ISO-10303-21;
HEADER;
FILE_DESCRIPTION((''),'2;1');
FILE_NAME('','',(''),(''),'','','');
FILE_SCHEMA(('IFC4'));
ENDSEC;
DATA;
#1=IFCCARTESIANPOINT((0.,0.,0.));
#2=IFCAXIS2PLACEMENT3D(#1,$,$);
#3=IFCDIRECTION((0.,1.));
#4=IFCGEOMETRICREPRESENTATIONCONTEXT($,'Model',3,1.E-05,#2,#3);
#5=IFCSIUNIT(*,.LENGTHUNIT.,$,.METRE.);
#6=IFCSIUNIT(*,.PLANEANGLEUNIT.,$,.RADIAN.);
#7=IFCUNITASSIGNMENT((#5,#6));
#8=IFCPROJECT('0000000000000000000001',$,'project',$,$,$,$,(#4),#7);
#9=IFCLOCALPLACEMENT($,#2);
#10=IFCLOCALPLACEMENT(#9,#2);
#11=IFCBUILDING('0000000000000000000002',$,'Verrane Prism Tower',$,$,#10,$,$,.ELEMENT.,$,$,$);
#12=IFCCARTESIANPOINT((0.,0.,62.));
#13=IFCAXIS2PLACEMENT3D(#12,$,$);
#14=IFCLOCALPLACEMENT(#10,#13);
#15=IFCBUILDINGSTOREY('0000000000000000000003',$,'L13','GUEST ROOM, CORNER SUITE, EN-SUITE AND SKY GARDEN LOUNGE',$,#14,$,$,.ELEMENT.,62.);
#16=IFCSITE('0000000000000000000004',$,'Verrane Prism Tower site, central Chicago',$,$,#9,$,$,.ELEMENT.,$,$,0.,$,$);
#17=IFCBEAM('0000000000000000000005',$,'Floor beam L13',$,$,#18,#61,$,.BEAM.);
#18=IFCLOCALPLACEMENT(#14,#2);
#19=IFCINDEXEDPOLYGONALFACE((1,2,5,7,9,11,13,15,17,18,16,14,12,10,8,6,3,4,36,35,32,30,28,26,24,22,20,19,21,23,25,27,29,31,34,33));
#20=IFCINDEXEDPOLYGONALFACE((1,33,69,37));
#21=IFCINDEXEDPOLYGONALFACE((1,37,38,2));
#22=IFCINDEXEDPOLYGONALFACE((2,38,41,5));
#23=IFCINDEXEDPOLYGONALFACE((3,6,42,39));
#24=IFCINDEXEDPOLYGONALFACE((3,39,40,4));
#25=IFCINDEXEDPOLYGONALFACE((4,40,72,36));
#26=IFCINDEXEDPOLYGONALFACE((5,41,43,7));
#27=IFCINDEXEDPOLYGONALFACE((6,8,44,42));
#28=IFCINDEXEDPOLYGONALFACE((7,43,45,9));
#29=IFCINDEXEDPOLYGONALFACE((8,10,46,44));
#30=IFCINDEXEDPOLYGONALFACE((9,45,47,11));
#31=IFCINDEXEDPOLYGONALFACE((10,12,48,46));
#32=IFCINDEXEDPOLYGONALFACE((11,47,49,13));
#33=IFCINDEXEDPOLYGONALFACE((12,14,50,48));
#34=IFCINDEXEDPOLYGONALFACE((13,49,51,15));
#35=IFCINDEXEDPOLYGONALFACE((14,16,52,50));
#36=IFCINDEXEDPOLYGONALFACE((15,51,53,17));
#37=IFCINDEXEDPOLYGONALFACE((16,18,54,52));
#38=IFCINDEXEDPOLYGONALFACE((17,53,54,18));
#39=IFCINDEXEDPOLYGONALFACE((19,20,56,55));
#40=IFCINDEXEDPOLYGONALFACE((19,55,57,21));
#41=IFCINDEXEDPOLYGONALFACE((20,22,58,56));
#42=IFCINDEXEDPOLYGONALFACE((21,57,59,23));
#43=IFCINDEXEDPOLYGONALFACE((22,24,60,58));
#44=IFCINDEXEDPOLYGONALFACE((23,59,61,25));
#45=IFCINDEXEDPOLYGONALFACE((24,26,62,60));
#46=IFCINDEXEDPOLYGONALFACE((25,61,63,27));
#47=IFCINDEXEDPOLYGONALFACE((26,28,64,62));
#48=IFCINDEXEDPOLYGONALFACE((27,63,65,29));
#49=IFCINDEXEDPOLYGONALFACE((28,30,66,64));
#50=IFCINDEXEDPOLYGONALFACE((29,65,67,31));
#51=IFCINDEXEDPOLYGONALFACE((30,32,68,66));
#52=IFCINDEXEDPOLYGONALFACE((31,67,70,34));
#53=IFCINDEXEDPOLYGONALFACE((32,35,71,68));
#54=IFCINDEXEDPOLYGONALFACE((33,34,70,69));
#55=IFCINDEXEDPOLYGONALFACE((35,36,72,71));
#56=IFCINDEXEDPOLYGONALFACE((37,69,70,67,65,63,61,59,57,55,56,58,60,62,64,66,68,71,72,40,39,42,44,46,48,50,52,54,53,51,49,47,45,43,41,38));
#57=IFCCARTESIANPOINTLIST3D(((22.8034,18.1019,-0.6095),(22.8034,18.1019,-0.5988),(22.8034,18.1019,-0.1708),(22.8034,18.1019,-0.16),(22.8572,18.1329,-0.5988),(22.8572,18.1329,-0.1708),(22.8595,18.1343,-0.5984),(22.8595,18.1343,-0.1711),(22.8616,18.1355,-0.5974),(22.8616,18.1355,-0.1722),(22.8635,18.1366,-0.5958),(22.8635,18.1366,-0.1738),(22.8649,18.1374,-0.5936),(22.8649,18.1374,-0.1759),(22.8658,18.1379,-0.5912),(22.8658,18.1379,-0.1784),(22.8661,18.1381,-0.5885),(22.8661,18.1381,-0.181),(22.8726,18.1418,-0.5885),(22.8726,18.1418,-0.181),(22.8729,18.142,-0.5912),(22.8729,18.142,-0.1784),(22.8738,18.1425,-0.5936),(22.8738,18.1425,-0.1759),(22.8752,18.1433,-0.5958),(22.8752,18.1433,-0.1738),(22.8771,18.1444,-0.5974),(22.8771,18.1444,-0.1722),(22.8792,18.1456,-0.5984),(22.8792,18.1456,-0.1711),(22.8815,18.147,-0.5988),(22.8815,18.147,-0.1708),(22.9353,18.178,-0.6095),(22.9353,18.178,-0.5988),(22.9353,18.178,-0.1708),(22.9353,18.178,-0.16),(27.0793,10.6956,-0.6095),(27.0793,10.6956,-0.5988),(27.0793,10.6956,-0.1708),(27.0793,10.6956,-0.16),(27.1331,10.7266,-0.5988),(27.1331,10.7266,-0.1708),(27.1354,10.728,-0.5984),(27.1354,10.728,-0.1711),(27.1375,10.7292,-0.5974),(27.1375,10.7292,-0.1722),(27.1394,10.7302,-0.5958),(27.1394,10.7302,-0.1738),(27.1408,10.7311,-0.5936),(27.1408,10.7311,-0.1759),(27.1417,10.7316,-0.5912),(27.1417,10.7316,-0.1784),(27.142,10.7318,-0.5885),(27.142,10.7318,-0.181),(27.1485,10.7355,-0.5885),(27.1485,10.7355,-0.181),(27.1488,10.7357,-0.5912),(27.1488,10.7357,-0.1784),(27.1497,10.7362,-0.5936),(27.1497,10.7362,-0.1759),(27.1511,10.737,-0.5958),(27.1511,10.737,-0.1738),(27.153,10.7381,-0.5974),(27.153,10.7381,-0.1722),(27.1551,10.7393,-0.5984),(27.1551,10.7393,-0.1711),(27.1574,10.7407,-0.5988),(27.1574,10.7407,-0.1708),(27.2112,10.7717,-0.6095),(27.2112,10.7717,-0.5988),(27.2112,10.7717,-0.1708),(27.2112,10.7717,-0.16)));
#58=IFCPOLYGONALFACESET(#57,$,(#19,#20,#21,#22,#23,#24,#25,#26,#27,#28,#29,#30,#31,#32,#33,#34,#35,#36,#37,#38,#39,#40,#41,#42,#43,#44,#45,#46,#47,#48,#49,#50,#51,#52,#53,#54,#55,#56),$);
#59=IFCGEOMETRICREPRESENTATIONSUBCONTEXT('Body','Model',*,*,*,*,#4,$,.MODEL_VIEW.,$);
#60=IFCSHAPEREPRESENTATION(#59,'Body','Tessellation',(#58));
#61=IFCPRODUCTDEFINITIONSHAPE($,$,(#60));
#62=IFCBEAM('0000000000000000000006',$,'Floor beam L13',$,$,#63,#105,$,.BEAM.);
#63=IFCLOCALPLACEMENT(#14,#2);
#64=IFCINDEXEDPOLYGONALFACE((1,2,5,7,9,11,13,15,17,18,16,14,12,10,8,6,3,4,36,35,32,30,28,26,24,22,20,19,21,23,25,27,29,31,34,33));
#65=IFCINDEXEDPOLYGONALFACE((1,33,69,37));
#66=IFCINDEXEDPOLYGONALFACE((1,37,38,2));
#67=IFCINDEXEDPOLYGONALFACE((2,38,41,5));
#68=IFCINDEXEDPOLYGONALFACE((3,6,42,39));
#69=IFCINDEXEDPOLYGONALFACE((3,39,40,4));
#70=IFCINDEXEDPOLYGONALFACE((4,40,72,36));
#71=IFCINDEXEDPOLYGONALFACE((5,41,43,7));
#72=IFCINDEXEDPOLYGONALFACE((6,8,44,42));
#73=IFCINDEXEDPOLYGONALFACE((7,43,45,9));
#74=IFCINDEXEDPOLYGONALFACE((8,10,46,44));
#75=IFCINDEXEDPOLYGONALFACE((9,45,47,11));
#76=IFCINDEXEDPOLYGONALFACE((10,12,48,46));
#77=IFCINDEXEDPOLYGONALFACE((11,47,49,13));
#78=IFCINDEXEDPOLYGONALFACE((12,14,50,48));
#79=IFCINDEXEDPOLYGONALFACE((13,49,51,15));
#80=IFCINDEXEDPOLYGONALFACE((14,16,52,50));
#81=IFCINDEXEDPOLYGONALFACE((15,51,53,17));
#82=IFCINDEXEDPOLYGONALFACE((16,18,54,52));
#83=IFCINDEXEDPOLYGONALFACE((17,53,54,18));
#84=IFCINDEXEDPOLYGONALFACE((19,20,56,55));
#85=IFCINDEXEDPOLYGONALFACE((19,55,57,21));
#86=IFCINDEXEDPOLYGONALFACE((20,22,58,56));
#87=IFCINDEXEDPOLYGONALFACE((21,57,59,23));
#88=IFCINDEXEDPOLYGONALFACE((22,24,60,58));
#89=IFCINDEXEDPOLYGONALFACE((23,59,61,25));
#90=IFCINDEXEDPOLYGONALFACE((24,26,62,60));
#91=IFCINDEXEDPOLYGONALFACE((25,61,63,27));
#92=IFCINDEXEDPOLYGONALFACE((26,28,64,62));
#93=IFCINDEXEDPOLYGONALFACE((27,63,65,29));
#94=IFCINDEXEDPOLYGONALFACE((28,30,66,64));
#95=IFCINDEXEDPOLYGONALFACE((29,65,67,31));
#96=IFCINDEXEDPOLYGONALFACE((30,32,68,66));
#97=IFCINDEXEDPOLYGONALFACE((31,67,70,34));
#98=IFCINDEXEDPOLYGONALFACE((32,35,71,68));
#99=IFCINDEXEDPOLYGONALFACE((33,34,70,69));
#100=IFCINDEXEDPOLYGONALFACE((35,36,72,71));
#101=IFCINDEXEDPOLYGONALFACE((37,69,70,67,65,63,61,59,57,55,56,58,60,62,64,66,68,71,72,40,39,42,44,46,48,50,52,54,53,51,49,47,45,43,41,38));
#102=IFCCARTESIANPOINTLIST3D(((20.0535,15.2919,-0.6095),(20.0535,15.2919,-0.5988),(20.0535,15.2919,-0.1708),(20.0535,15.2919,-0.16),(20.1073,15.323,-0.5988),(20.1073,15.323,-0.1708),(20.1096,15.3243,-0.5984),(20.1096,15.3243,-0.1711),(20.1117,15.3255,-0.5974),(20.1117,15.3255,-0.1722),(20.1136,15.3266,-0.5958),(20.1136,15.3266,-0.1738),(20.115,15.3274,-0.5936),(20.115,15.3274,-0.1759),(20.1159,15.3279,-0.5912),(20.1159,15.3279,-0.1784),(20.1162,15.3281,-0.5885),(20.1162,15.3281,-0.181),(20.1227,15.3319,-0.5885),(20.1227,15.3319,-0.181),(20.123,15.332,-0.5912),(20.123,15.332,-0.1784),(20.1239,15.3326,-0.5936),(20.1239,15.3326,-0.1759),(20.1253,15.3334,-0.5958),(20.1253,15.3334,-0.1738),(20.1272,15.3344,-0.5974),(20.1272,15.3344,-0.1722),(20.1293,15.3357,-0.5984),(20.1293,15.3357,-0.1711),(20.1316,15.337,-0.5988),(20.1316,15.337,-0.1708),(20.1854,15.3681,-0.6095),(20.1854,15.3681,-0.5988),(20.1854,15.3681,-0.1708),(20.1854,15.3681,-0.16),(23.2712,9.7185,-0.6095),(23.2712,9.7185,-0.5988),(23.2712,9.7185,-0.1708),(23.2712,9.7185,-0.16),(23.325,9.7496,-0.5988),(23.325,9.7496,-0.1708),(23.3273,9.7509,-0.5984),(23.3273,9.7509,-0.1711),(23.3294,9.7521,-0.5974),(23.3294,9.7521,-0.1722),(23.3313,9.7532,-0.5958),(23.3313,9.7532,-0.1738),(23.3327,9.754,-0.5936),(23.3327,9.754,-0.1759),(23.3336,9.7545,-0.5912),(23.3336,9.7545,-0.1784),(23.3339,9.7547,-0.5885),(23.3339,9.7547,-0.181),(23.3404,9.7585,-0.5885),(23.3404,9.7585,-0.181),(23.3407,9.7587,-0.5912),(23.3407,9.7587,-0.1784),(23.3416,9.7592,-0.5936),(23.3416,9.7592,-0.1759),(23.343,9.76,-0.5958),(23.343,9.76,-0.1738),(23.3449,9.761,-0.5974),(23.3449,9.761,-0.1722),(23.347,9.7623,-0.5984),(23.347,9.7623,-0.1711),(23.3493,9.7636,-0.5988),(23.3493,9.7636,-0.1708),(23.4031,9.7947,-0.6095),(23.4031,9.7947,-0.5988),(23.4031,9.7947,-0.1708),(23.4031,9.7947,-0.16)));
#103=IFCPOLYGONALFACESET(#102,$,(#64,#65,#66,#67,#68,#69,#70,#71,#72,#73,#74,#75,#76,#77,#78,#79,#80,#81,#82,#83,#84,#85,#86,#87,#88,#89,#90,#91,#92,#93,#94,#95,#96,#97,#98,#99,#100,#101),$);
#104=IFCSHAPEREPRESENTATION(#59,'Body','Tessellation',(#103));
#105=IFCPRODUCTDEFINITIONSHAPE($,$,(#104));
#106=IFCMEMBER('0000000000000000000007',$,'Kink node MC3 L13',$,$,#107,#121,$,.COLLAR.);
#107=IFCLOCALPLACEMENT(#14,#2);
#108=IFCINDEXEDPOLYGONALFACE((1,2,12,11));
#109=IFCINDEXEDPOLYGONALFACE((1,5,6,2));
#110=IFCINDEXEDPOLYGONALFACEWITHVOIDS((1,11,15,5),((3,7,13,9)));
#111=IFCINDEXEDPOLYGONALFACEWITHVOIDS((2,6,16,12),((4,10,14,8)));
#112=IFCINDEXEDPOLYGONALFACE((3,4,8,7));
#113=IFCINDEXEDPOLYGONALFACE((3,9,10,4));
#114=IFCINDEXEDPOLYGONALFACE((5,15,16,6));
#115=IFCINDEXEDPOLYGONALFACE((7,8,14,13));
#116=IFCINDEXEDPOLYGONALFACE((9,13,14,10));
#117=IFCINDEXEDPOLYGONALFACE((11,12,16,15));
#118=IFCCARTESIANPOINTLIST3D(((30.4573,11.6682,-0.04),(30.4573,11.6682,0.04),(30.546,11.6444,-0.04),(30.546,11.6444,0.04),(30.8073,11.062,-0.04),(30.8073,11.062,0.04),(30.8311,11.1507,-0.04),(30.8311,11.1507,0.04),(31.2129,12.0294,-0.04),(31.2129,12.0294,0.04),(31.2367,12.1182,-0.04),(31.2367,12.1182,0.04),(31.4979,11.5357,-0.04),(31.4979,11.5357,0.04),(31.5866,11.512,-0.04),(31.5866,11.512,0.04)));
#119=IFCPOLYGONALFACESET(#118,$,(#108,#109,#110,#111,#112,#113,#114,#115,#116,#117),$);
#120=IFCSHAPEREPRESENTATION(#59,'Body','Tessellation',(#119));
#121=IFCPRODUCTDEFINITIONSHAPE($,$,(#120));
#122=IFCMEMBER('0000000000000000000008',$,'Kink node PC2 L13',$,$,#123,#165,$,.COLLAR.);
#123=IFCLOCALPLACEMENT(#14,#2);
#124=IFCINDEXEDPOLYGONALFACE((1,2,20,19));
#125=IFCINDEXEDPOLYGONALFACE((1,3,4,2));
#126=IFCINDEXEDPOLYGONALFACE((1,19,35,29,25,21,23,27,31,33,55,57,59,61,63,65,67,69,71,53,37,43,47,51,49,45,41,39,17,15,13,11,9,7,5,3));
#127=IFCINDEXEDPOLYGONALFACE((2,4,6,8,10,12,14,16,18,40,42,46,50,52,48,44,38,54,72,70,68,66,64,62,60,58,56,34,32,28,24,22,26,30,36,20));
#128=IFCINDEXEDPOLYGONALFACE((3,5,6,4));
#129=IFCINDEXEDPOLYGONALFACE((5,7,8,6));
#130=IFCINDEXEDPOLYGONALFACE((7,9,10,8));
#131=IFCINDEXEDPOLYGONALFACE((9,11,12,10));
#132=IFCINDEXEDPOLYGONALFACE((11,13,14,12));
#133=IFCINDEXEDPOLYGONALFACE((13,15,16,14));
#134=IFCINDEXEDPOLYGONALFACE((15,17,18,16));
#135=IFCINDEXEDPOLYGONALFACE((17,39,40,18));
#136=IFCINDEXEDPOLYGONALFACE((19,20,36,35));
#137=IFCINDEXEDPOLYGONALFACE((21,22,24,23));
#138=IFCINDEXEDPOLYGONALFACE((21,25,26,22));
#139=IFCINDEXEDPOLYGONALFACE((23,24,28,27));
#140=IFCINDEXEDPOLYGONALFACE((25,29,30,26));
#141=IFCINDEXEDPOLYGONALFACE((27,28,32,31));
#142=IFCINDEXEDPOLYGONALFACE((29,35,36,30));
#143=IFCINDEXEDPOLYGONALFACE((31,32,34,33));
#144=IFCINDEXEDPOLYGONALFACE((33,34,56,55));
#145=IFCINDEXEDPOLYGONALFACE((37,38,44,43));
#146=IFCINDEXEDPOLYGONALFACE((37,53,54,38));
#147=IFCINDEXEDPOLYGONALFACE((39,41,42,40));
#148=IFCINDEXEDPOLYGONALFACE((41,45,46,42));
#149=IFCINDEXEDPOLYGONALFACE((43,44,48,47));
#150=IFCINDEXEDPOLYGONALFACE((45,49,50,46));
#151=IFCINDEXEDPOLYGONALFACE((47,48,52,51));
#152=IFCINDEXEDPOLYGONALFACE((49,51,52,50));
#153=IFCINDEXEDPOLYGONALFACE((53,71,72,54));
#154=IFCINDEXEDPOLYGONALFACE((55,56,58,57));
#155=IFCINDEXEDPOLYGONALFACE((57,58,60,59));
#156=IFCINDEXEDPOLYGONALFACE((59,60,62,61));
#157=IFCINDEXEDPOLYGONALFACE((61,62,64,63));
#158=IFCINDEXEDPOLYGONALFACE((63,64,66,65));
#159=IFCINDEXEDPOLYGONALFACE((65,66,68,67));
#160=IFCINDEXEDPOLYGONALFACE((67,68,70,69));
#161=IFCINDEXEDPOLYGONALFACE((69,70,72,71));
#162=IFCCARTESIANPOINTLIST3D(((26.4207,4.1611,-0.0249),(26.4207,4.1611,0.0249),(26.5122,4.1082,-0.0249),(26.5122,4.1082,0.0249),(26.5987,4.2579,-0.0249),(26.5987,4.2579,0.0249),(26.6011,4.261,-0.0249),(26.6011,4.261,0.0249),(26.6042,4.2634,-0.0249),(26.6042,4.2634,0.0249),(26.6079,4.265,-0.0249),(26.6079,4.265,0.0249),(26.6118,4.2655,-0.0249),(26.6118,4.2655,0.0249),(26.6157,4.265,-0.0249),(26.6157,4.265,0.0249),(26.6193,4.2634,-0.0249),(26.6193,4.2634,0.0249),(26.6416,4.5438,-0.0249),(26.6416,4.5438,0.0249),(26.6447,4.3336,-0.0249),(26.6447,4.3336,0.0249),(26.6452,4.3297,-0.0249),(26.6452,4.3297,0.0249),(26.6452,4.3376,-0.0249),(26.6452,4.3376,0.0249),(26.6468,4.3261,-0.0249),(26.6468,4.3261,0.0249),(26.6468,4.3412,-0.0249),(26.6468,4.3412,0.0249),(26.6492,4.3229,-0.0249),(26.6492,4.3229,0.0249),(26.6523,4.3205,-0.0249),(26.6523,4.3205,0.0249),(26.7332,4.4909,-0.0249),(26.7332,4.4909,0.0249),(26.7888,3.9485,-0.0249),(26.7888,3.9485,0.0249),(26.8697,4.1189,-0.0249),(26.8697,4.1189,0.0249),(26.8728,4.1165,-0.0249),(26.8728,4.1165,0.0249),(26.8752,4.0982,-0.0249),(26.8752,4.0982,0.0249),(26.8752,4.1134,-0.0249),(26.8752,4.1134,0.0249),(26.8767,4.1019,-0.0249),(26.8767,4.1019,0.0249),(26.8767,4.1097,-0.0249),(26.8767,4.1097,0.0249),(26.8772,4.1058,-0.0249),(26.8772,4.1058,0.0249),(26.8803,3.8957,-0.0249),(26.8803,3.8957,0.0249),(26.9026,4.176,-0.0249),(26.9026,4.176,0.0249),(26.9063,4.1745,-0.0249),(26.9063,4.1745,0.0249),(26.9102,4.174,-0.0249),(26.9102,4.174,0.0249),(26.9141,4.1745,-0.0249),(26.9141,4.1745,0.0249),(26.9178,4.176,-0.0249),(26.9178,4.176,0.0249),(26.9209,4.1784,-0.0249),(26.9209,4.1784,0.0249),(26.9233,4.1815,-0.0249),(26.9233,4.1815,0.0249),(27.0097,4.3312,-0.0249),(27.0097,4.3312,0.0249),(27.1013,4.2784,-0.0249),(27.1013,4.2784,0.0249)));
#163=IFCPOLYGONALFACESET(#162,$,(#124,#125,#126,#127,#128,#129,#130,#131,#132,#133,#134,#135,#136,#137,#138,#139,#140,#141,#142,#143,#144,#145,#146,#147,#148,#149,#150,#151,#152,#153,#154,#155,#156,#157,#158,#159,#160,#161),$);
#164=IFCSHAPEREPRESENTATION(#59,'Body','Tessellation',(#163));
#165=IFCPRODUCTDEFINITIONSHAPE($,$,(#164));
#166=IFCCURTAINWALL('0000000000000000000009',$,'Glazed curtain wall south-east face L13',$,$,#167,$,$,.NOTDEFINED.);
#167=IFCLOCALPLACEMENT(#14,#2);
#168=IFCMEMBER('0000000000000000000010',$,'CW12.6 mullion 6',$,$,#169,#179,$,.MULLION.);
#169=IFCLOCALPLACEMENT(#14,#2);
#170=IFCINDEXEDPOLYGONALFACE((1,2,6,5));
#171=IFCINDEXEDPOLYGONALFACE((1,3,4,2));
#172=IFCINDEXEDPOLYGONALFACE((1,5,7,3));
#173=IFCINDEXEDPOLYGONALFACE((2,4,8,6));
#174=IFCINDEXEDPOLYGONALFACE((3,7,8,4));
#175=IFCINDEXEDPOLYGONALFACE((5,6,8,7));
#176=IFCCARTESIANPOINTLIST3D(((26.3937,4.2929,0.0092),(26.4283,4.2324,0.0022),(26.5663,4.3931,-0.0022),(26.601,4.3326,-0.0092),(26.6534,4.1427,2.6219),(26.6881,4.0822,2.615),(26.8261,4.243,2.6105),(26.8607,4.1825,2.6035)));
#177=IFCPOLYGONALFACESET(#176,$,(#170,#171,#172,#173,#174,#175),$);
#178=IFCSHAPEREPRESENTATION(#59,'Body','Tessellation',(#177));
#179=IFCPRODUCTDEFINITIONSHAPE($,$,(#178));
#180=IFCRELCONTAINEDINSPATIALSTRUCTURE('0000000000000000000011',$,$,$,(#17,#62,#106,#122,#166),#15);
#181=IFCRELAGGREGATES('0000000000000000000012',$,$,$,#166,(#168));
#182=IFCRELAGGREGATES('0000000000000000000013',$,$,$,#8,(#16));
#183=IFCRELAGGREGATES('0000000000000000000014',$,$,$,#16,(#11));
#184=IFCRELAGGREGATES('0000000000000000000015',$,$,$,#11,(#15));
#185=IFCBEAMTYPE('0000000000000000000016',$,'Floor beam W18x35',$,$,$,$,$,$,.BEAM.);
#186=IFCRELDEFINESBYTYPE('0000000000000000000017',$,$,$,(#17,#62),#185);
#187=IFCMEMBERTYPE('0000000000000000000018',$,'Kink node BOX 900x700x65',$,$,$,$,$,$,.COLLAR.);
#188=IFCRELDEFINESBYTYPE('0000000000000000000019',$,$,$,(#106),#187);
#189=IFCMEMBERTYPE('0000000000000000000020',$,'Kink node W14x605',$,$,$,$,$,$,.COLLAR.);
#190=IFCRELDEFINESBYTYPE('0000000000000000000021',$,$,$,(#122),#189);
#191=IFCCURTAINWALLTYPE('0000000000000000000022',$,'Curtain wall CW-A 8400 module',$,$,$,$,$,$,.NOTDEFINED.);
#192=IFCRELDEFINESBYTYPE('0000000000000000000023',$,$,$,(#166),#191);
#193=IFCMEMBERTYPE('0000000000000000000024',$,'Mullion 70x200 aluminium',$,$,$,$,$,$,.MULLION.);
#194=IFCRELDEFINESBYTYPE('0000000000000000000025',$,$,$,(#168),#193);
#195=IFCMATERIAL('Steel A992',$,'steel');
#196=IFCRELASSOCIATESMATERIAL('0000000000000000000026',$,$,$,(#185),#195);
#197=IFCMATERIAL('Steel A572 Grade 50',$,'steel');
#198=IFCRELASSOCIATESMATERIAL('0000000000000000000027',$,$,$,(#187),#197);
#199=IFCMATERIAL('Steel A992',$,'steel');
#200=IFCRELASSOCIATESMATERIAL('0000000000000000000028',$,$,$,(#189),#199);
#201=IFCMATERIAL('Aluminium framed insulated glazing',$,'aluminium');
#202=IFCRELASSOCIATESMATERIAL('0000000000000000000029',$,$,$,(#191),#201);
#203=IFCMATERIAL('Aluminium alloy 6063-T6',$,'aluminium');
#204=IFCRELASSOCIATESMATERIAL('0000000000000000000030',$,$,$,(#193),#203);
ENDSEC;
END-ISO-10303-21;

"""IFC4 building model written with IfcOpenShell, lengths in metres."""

from ifc_helpers import new_model, si_unit, direction, frame, origin, origin_2d, place, context, subcontext, project, spatial, rectangle, hollow_rectangle, i_section, extrude, material, material_profile, profile_set, type_object, element, aggregate, save


model = new_model("IFC4")

# Units and contexts
model_context = context("Model", 3, precision=1e-05, world=origin(), true_north=direction((0.0, 1.0)))
body_context = subcontext(model_context, "Body", "Model", "MODEL_VIEW")
ifc_project = project(units=[si_unit("LENGTHUNIT", "METRE"), si_unit("PLANEANGLEUNIT", "RADIAN")], contexts=[model_context])

# Site, building, storey
site_placement = place(None, origin())
site = spatial("IfcSite", under=ifc_project, at=site_placement, Name="Verrane Prism Tower site, central Chicago", CompositionType="ELEMENT", RefElevation=0.0)
building_placement = place(site_placement, origin())
building = spatial("IfcBuilding", under=site, at=building_placement, Name="Verrane Prism Tower", CompositionType="ELEMENT")
storey_placement = place(building_placement, frame((0.0, 0.0, 62.0)))
storey = spatial("IfcBuildingStorey", under=building, at=storey_placement, Name="L13", Description="GUEST ROOM, CORNER SUITE, EN-SUITE AND SKY GARDEN LOUNGE", CompositionType="ELEMENT", Elevation=62.0)

# Beams
ifc_material_1 = material(Name="Steel A992", Category="steel")
ifc_material_profile_1 = material_profile(ifc_material_1, i_section(OverallWidth=0.1523, OverallDepth=0.4495, WebThickness=0.0076, FlangeThickness=0.0107, FilletRadius=0.0103, at=origin_2d()), Name="W18x35")
ifc_profile_set_1 = profile_set([ifc_material_profile_1], Name="Steel A992")
beam_type_1 = type_object("IfcBeamType", Name="Floor beam W18x35", PredefinedType="BEAM", material=ifc_profile_set_1)
beam_1_placement = place(storey_placement, frame((27.1453, 10.7336, -0.3848), z_axis=(-0.499989, 0.866032, 0.0), x_axis=(-0.866032, -0.499989, 0.0)))
element("IfcBeam", 1, at=beam_1_placement, inside=storey, type_object=beam_type_1, Name="Floor beam L13", PredefinedType="BEAM", context=body_context, shape_type="SweptSolid", body=[
    extrude(i_section(OverallWidth=0.1523, OverallDepth=0.4495, WebThickness=0.0076, FlangeThickness=0.0107, FilletRadius=0.0103, at=origin_2d()), origin(), (0.0, 0.0, 1.0), 8.552),
])
beam_2_placement = place(storey_placement, frame((23.3372, 9.7566, -0.3848), z_axis=(-0.499991, 0.866031, 0.0), x_axis=(-0.866031, -0.499991, 0.0)))
element("IfcBeam", 2, at=beam_2_placement, inside=storey, type_object=beam_type_1, Name="Floor beam L13", PredefinedType="BEAM", context=body_context, shape_type="SweptSolid", body=[
    extrude(i_section(OverallWidth=0.1523, OverallDepth=0.4495, WebThickness=0.0076, FlangeThickness=0.0107, FilletRadius=0.0103, at=origin_2d()), origin(), (0.0, 0.0, 1.0), 6.4355),
])

# Members
ifc_material_2 = material(Name="Steel A572 Grade 50", Category="steel")
ifc_material_profile_2 = material_profile(ifc_material_2, hollow_rectangle(XDim=0.7, YDim=0.8999, WallThickness=0.0649, at=origin_2d()), Name="BOX 900x700x65")
ifc_profile_set_2 = profile_set([ifc_material_profile_2], Name="Steel A572 Grade 50")
member_type_1 = type_object("IfcMemberType", Name="Kink node BOX 900x700x65", PredefinedType="COLLAR", material=ifc_profile_set_2)
member_1_placement = place(storey_placement, frame((31.022, 11.5901, -0.04), z_axis=(0.0, 0.0, 1.0), x_axis=(0.5, -0.866025, 0.0)))
element("IfcMember", 3, at=member_1_placement, inside=storey, type_object=member_type_1, Name="Kink node MC3 L13", PredefinedType="COLLAR", context=body_context, shape_type="SweptSolid", body=[
    extrude(hollow_rectangle(XDim=0.7, YDim=0.8999, WallThickness=0.0649, at=origin_2d()), origin(), (0.0, 0.0, 1.0), 0.0801),
])
ifc_material_3 = material(Name="Steel A992", Category="steel")
ifc_material_profile_3 = material_profile(ifc_material_3, i_section(OverallWidth=0.4419, OverallDepth=0.5308, WebThickness=0.0659, FlangeThickness=0.1057, FilletRadius=0.0151, at=origin_2d()), Name="W14x605")
ifc_profile_set_3 = profile_set([ifc_material_profile_3], Name="Steel A992")
member_type_2 = type_object("IfcMemberType", Name="Kink node W14x605", PredefinedType="COLLAR", material=ifc_profile_set_3)
member_2_placement = place(storey_placement, frame((26.761, 4.2197, -0.0249), z_axis=(0.0, 0.0, 1.0), x_axis=(-0.5, -0.866025, 0.0)))
element("IfcMember", 4, at=member_2_placement, inside=storey, type_object=member_type_2, Name="Kink node PC2 L13", PredefinedType="COLLAR", context=body_context, shape_type="SweptSolid", body=[
    extrude(i_section(OverallWidth=0.4419, OverallDepth=0.5308, WebThickness=0.0659, FlangeThickness=0.1057, FilletRadius=0.0151, at=origin_2d()), origin(), (0.0, 0.0, 1.0), 0.0498),
])

# Curtain wall, member
ifc_material_4 = material(Name="Aluminium framed insulated glazing", Category="aluminium")
curtain_wall_type = type_object("IfcCurtainWallType", Name="Curtain wall CW-A 8400 module", PredefinedType="NOTDEFINED", material=ifc_material_4)
curtain_wall_placement = place(storey_placement, origin())
curtain_wall = element("IfcCurtainWall", 5, at=curtain_wall_placement, inside=storey, type_object=curtain_wall_type, Name="Glazed curtain wall south-east face L13", PredefinedType="NOTDEFINED")
ifc_material_5 = material(Name="Aluminium alloy 6063-T6", Category="aluminium")
ifc_material_profile_4 = material_profile(ifc_material_5, rectangle(XDim=0.2, YDim=0.0701, at=origin_2d()), Name="Mullion 70x200 aluminium")
ifc_profile_set_4 = profile_set([ifc_material_profile_4], Name="Aluminium alloy 6063-T6")
member_type_3 = type_object("IfcMemberType", Name="Mullion 70x200 aluminium", PredefinedType="MULLION", material=ifc_profile_set_4)
member_3_placement = place(storey_placement, frame((26.4973, 4.3127, 0.0), z_axis=(0.098772, -0.057091, 0.993471), x_axis=(-0.863445, -0.501207, 0.057042)))
member_3 = element("IfcMember", 6, at=member_3_placement, type_object=member_type_3, Name="CW12.6 mullion 6", PredefinedType="MULLION", context=body_context, shape_type="SweptSolid", body=[
    extrude(rectangle(XDim=0.2, YDim=0.0701, at=origin_2d()), origin(), (0.0, 0.0, 1.0), 2.6299),
])

aggregate(curtain_wall, [member_3])

save(model, "model.ifc")
